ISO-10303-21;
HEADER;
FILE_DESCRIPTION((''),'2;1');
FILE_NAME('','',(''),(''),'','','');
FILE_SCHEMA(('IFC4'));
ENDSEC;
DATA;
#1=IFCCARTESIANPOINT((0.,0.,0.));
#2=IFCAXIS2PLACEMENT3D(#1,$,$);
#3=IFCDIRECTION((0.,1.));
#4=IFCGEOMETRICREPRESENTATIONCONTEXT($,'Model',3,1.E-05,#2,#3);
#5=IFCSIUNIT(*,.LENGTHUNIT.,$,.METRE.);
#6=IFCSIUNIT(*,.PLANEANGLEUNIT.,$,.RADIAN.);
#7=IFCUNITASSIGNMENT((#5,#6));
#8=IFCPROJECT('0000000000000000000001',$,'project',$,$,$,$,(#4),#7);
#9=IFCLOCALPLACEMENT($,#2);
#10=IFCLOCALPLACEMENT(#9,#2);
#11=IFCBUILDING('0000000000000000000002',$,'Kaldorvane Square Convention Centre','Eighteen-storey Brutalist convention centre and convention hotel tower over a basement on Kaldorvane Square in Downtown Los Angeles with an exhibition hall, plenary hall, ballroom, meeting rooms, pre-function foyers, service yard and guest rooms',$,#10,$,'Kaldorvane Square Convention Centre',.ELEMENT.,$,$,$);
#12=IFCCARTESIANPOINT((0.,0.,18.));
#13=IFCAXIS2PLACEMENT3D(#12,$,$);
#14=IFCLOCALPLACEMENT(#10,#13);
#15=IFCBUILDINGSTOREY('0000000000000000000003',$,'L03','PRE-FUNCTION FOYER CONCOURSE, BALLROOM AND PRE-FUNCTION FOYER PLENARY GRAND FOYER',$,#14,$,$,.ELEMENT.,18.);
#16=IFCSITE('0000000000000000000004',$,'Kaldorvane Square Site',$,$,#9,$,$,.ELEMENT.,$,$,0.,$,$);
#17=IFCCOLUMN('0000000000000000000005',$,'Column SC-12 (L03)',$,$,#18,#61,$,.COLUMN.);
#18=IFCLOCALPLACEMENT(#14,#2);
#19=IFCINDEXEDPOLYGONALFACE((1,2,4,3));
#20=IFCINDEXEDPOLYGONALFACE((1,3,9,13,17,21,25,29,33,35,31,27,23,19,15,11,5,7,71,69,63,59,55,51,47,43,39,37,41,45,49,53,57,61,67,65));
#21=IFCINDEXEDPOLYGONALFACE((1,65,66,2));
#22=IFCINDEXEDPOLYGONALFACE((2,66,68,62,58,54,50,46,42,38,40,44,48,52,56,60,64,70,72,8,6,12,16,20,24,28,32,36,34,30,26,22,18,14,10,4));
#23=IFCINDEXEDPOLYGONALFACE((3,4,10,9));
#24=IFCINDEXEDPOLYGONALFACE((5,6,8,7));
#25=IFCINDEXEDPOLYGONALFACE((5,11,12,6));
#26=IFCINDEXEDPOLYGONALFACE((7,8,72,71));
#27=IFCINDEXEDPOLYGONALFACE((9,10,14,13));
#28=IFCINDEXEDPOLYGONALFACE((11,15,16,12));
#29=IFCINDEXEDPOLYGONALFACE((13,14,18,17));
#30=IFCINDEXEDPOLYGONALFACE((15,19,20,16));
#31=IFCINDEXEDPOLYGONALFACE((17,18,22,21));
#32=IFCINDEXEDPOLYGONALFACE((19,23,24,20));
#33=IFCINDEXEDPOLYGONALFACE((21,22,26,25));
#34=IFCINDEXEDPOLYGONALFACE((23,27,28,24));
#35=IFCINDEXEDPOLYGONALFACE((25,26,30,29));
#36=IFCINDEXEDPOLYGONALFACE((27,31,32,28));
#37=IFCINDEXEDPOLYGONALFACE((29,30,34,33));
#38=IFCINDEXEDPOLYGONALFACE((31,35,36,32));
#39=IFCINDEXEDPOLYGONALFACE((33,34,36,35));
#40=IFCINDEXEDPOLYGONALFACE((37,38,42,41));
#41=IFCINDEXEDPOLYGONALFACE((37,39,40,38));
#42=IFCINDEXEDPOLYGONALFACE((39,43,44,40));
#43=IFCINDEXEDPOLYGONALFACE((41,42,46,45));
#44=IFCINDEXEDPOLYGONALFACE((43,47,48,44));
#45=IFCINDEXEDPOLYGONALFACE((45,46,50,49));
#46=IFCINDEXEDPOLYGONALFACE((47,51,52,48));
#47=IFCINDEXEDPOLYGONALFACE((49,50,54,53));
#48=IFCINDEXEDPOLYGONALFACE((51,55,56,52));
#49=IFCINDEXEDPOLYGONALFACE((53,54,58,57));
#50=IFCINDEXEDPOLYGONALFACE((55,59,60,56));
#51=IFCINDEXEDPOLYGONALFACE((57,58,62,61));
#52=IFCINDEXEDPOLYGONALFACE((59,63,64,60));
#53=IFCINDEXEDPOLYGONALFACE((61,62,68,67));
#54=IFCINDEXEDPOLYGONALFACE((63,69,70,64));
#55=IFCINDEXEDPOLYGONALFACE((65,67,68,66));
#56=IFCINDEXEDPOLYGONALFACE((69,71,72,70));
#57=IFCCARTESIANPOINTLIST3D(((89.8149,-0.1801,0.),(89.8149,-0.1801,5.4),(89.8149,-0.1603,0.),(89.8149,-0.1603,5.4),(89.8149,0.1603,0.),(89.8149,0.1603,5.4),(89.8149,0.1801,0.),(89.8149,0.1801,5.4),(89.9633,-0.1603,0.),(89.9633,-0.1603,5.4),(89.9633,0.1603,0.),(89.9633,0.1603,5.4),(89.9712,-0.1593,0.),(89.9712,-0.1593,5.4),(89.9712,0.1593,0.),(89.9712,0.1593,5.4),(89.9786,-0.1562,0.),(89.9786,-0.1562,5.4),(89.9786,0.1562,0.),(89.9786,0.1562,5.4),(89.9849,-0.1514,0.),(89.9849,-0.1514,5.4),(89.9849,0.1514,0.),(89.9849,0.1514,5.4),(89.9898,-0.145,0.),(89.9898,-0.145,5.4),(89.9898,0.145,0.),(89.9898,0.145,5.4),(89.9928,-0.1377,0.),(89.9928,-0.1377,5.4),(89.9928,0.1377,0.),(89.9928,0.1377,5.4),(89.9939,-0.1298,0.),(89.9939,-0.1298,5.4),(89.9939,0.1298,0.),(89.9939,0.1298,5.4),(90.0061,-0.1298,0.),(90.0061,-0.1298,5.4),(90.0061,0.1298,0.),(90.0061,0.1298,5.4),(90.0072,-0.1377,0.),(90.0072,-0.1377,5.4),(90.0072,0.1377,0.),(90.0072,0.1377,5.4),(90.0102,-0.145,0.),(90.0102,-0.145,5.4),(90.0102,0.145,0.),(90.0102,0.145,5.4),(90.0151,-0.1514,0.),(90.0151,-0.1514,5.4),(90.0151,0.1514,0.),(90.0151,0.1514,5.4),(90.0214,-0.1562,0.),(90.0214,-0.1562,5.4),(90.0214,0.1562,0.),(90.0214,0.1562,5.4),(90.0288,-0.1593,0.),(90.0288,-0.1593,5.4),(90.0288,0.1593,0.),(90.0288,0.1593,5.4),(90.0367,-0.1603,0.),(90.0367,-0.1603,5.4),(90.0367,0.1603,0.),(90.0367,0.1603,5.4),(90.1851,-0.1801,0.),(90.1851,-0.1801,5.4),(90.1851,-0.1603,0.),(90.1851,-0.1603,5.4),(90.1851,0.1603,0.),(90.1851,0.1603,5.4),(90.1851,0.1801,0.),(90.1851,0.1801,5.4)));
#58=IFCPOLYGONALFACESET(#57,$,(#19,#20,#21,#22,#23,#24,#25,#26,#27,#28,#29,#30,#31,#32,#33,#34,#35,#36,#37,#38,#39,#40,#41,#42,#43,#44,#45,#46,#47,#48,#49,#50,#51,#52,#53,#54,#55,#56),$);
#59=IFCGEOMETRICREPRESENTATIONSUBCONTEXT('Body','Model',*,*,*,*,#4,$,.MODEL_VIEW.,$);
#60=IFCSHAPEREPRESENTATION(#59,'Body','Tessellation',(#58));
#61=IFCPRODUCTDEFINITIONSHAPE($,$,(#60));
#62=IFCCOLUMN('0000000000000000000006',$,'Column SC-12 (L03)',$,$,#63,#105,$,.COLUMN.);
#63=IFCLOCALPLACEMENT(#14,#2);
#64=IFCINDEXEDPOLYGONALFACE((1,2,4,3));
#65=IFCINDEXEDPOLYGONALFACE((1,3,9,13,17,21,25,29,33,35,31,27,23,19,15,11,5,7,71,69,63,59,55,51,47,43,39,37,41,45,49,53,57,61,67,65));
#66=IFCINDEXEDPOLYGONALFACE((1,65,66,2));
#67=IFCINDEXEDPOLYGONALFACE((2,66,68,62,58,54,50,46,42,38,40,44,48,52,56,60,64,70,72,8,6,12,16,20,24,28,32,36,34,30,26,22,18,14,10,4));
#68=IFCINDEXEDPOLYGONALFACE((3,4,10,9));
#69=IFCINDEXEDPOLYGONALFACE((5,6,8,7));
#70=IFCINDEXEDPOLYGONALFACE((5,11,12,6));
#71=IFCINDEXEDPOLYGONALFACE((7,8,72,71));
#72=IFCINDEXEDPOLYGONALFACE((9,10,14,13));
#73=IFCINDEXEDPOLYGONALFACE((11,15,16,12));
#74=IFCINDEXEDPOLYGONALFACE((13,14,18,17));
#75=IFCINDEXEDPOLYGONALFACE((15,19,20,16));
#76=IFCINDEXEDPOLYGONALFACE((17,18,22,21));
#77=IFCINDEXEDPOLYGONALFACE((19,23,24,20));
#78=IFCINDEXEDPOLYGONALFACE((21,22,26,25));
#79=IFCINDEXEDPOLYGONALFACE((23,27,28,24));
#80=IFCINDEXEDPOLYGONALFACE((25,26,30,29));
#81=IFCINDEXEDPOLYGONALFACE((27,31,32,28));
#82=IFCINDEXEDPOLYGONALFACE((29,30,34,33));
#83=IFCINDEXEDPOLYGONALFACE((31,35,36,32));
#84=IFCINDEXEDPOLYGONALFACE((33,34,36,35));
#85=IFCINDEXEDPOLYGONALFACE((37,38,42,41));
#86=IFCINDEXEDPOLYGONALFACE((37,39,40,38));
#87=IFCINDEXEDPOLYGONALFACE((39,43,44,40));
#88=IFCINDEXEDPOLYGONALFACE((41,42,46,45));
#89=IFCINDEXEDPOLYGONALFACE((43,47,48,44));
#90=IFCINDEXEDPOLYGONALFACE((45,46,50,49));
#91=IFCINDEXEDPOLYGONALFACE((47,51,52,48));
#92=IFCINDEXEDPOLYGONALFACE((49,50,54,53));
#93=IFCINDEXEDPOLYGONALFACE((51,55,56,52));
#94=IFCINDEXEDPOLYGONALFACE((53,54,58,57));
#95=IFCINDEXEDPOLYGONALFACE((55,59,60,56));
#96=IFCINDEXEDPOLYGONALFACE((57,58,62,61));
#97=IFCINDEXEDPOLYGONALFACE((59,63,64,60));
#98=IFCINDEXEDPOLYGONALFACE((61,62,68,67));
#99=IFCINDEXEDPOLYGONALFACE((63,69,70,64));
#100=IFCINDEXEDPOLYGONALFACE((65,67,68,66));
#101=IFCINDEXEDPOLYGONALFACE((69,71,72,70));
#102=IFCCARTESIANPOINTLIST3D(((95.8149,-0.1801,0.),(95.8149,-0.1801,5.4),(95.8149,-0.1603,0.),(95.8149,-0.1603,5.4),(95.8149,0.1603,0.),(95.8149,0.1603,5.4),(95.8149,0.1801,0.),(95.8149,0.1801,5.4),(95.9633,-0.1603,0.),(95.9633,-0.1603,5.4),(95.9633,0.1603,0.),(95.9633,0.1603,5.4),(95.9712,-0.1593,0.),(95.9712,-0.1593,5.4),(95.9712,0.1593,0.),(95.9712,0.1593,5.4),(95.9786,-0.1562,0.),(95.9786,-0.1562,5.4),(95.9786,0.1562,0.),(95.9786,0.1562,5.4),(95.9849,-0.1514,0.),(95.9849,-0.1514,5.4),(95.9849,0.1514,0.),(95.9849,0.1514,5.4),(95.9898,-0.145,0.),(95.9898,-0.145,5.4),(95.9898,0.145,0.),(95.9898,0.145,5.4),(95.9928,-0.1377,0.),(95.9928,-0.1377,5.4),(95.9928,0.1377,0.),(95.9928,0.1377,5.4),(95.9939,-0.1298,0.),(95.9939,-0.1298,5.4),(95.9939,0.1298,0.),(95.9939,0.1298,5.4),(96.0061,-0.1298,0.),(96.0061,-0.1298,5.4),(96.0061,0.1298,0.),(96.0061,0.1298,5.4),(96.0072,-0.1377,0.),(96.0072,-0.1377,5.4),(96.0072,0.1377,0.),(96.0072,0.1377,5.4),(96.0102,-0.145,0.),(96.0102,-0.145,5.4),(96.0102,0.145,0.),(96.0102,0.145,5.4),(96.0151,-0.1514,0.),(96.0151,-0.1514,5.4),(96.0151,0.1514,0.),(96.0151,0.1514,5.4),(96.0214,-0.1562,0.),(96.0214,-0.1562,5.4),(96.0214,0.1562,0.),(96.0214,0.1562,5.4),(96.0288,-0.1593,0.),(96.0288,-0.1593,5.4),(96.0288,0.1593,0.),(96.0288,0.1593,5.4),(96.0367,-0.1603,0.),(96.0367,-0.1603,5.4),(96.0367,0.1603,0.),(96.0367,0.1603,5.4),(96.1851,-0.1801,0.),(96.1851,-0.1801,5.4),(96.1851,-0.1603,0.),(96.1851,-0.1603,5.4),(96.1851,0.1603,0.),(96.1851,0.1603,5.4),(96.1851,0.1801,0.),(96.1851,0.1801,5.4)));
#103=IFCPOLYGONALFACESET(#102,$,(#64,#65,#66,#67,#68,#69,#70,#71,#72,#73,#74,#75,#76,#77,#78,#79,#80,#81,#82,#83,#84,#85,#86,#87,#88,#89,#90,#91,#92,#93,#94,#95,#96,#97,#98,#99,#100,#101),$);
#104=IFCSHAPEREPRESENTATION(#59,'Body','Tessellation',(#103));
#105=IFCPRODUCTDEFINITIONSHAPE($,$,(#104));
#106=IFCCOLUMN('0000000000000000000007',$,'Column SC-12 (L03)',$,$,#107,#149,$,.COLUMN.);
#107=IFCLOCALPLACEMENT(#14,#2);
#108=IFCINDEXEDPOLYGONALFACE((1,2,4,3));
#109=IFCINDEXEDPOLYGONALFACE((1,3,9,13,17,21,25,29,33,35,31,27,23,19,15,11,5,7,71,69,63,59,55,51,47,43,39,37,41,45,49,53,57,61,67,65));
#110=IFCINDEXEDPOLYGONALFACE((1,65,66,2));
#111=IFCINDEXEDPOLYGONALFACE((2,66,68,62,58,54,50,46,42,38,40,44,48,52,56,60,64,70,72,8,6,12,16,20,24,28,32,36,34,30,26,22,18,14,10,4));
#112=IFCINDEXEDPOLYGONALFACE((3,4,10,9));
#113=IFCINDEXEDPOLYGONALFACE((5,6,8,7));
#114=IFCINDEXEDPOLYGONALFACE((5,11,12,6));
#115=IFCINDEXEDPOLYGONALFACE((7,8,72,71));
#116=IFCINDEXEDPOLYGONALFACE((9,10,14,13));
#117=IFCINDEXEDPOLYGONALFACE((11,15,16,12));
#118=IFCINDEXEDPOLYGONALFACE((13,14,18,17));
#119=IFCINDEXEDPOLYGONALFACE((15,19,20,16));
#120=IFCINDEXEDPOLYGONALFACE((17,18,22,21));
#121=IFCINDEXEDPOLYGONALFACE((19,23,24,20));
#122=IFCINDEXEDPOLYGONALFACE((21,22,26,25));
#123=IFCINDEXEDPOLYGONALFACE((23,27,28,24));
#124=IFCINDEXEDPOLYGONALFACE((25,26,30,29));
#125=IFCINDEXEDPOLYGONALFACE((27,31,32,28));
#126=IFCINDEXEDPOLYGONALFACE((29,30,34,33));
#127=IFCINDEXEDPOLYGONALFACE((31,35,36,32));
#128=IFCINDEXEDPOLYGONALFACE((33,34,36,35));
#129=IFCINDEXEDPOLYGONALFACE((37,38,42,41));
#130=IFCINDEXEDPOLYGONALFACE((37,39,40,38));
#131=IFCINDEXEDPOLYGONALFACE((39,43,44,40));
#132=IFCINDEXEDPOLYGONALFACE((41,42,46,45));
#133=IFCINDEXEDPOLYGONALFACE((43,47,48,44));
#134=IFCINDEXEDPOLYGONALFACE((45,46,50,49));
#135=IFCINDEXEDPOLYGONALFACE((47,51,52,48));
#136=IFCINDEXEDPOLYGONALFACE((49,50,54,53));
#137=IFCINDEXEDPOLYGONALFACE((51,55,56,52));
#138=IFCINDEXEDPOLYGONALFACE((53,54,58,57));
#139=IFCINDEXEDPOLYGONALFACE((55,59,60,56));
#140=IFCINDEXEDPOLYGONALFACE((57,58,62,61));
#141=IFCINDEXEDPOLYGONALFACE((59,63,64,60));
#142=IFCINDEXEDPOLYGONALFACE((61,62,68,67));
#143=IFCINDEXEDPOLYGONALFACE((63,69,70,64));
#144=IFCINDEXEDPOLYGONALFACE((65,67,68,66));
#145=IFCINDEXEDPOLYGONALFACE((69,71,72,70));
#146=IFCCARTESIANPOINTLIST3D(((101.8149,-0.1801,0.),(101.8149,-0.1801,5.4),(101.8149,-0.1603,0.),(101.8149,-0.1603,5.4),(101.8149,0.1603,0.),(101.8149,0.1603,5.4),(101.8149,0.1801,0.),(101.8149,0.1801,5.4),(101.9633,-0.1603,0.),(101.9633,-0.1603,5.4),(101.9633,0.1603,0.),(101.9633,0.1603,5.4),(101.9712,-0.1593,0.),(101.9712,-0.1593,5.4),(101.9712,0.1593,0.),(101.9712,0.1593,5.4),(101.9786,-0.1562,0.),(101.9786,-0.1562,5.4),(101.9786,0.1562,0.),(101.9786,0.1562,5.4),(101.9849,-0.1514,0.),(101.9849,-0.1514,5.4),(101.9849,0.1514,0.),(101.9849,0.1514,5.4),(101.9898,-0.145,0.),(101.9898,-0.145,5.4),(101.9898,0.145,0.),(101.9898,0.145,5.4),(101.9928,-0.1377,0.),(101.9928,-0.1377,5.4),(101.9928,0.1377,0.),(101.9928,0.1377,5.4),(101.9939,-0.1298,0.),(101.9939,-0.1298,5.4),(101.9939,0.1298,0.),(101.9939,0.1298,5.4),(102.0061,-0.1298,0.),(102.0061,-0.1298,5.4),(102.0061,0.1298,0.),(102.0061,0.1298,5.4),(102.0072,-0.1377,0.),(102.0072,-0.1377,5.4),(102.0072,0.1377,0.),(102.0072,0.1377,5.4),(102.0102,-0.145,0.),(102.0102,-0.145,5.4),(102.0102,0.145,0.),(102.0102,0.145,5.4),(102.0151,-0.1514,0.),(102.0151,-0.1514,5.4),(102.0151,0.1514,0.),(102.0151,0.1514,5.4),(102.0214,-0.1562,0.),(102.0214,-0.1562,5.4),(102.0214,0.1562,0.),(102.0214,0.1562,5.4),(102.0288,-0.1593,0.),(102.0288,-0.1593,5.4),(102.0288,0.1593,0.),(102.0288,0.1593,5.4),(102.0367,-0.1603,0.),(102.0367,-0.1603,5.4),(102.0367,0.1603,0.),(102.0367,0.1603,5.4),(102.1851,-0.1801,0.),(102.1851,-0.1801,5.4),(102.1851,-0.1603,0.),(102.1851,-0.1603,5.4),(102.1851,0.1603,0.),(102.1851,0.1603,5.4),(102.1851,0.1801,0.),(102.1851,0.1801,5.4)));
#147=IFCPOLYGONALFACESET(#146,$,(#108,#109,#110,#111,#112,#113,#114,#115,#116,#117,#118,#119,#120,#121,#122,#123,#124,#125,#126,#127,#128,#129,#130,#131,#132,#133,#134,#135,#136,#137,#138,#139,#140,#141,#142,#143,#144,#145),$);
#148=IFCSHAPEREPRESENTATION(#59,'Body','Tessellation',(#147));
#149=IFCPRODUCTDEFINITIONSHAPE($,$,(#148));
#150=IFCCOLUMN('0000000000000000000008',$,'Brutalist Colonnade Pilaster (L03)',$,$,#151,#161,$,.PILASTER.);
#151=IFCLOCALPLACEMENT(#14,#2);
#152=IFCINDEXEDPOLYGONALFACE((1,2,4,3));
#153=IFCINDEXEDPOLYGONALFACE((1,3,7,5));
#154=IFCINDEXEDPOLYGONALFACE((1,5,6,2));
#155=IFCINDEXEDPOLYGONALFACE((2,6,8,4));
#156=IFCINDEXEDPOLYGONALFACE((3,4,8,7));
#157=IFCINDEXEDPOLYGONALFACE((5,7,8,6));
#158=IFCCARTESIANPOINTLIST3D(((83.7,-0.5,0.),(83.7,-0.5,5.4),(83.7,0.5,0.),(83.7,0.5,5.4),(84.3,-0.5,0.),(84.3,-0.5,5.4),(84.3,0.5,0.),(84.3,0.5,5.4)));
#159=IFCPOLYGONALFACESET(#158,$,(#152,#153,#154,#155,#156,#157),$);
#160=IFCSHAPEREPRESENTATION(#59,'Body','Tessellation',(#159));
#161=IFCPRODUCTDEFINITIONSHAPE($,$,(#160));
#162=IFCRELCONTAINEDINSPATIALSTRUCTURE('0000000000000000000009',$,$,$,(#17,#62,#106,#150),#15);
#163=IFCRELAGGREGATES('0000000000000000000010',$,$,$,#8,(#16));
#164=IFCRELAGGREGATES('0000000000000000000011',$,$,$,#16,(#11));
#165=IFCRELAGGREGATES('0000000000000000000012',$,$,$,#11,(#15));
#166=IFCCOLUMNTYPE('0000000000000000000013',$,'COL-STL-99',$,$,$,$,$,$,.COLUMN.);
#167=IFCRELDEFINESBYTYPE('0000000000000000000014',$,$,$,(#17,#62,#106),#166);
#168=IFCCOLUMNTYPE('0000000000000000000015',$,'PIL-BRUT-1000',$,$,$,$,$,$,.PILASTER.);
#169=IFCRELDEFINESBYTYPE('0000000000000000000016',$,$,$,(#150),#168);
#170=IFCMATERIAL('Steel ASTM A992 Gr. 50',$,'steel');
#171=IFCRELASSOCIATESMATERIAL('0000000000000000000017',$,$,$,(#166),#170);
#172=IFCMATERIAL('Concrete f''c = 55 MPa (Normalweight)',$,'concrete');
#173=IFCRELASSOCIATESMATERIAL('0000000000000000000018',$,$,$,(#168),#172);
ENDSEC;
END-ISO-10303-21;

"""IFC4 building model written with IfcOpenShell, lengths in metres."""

from ifc_helpers import new_model, si_unit, direction, frame, origin, origin_2d, place, context, subcontext, project, spatial, rectangle, i_section, extrude, material, material_profile, profile_set, type_object, element, save


model = new_model("IFC4")

# Units and contexts
model_context = context("Model", 3, precision=1e-05, world=origin(), true_north=direction((0.0, 1.0)))
body_context = subcontext(model_context, "Body", "Model", "MODEL_VIEW")
ifc_project = project(units=[si_unit("LENGTHUNIT", "METRE"), si_unit("PLANEANGLEUNIT", "RADIAN")], contexts=[model_context])

# Site, building, storey
site_placement = place(None, origin())
site = spatial("IfcSite", under=ifc_project, at=site_placement, Name="Kaldorvane Square Site", CompositionType="ELEMENT", RefElevation=0.0)
building_placement = place(site_placement, origin())
building = spatial("IfcBuilding", under=site, at=building_placement, Name="Kaldorvane Square Convention Centre", Description="Eighteen-storey Brutalist convention centre and convention hotel tower over a basement on Kaldorvane Square in Downtown Los Angeles with an exhibition hall, plenary hall, ballroom, meeting rooms, pre-function foyers, service yard and guest rooms", LongName="Kaldorvane Square Convention Centre", CompositionType="ELEMENT")
storey_placement = place(building_placement, frame((0.0, 0.0, 18.0)))
storey = spatial("IfcBuildingStorey", under=building, at=storey_placement, Name="L03", Description="PRE-FUNCTION FOYER CONCOURSE, BALLROOM AND PRE-FUNCTION FOYER PLENARY GRAND FOYER", CompositionType="ELEMENT", Elevation=18.0)

# Columns
ifc_material_1 = material(Name="Steel ASTM A992 Gr. 50", Category="steel")
ifc_material_profile_1 = material_profile(ifc_material_1, i_section(OverallWidth=0.3701, OverallDepth=0.3602, WebThickness=0.0123, FlangeThickness=0.0198, FilletRadius=0.0305, at=origin_2d()), Name="W14X99")
ifc_profile_set_1 = profile_set([ifc_material_profile_1], Name="Steel ASTM A992 Gr. 50")
column_type_1 = type_object("IfcColumnType", Name="COL-STL-99", PredefinedType="COLUMN", material=ifc_profile_set_1)
for number, where, z_axis, x_axis, name in (
    (1, (90.0, 0.0, 0.0), (0.0, 0.0, 1.0), (1.0, 0.0, 0.0), "Column SC-12 (L03)"),
    (2, (96.0, 0.0, 0.0), (0.0, 0.0, 1.0), (1.0, 0.0, 0.0), "Column SC-12 (L03)"),
    (3, (102.0, 0.0, 0.0), (0.0, 0.0, 1.0), (1.0, 0.0, 0.0), "Column SC-12 (L03)"),
):
    element("IfcColumn", number, at=place(storey_placement, frame(where, z_axis=z_axis, x_axis=x_axis)), inside=storey, type_object=column_type_1, Name=name, PredefinedType="COLUMN", context=body_context, shape_type="SweptSolid", body=[
        extrude(i_section(OverallWidth=0.3701, OverallDepth=0.3602, WebThickness=0.0123, FlangeThickness=0.0198, FilletRadius=0.0305, at=origin_2d()), origin(), (0.0, 0.0, 1.0), 5.4),
    ])
ifc_material_2 = material(Name="Concrete f'c = 55 MPa (Normalweight)", Category="concrete")
ifc_material_profile_2 = material_profile(ifc_material_2, rectangle(XDim=0.6, YDim=1.0, at=origin_2d()), Name="PIL1000X600")
ifc_profile_set_2 = profile_set([ifc_material_profile_2], Name="Concrete f'c = 55 MPa (Normalweight)")
column_type_2 = type_object("IfcColumnType", Name="PIL-BRUT-1000", PredefinedType="PILASTER", material=ifc_profile_set_2)
column_placement = place(storey_placement, frame((84.0, 0.0, 0.0), z_axis=(0.0, 0.0, 1.0), x_axis=(1.0, 0.0, 0.0)))
element("IfcColumn", 4, at=column_placement, inside=storey, type_object=column_type_2, Name="Brutalist Colonnade Pilaster (L03)", PredefinedType="PILASTER", context=body_context, shape_type="SweptSolid", body=[
    extrude(rectangle(XDim=0.6, YDim=1.0, at=origin_2d()), origin(), (0.0, 0.0, 1.0), 5.4),
])

save(model, "model.ifc")
